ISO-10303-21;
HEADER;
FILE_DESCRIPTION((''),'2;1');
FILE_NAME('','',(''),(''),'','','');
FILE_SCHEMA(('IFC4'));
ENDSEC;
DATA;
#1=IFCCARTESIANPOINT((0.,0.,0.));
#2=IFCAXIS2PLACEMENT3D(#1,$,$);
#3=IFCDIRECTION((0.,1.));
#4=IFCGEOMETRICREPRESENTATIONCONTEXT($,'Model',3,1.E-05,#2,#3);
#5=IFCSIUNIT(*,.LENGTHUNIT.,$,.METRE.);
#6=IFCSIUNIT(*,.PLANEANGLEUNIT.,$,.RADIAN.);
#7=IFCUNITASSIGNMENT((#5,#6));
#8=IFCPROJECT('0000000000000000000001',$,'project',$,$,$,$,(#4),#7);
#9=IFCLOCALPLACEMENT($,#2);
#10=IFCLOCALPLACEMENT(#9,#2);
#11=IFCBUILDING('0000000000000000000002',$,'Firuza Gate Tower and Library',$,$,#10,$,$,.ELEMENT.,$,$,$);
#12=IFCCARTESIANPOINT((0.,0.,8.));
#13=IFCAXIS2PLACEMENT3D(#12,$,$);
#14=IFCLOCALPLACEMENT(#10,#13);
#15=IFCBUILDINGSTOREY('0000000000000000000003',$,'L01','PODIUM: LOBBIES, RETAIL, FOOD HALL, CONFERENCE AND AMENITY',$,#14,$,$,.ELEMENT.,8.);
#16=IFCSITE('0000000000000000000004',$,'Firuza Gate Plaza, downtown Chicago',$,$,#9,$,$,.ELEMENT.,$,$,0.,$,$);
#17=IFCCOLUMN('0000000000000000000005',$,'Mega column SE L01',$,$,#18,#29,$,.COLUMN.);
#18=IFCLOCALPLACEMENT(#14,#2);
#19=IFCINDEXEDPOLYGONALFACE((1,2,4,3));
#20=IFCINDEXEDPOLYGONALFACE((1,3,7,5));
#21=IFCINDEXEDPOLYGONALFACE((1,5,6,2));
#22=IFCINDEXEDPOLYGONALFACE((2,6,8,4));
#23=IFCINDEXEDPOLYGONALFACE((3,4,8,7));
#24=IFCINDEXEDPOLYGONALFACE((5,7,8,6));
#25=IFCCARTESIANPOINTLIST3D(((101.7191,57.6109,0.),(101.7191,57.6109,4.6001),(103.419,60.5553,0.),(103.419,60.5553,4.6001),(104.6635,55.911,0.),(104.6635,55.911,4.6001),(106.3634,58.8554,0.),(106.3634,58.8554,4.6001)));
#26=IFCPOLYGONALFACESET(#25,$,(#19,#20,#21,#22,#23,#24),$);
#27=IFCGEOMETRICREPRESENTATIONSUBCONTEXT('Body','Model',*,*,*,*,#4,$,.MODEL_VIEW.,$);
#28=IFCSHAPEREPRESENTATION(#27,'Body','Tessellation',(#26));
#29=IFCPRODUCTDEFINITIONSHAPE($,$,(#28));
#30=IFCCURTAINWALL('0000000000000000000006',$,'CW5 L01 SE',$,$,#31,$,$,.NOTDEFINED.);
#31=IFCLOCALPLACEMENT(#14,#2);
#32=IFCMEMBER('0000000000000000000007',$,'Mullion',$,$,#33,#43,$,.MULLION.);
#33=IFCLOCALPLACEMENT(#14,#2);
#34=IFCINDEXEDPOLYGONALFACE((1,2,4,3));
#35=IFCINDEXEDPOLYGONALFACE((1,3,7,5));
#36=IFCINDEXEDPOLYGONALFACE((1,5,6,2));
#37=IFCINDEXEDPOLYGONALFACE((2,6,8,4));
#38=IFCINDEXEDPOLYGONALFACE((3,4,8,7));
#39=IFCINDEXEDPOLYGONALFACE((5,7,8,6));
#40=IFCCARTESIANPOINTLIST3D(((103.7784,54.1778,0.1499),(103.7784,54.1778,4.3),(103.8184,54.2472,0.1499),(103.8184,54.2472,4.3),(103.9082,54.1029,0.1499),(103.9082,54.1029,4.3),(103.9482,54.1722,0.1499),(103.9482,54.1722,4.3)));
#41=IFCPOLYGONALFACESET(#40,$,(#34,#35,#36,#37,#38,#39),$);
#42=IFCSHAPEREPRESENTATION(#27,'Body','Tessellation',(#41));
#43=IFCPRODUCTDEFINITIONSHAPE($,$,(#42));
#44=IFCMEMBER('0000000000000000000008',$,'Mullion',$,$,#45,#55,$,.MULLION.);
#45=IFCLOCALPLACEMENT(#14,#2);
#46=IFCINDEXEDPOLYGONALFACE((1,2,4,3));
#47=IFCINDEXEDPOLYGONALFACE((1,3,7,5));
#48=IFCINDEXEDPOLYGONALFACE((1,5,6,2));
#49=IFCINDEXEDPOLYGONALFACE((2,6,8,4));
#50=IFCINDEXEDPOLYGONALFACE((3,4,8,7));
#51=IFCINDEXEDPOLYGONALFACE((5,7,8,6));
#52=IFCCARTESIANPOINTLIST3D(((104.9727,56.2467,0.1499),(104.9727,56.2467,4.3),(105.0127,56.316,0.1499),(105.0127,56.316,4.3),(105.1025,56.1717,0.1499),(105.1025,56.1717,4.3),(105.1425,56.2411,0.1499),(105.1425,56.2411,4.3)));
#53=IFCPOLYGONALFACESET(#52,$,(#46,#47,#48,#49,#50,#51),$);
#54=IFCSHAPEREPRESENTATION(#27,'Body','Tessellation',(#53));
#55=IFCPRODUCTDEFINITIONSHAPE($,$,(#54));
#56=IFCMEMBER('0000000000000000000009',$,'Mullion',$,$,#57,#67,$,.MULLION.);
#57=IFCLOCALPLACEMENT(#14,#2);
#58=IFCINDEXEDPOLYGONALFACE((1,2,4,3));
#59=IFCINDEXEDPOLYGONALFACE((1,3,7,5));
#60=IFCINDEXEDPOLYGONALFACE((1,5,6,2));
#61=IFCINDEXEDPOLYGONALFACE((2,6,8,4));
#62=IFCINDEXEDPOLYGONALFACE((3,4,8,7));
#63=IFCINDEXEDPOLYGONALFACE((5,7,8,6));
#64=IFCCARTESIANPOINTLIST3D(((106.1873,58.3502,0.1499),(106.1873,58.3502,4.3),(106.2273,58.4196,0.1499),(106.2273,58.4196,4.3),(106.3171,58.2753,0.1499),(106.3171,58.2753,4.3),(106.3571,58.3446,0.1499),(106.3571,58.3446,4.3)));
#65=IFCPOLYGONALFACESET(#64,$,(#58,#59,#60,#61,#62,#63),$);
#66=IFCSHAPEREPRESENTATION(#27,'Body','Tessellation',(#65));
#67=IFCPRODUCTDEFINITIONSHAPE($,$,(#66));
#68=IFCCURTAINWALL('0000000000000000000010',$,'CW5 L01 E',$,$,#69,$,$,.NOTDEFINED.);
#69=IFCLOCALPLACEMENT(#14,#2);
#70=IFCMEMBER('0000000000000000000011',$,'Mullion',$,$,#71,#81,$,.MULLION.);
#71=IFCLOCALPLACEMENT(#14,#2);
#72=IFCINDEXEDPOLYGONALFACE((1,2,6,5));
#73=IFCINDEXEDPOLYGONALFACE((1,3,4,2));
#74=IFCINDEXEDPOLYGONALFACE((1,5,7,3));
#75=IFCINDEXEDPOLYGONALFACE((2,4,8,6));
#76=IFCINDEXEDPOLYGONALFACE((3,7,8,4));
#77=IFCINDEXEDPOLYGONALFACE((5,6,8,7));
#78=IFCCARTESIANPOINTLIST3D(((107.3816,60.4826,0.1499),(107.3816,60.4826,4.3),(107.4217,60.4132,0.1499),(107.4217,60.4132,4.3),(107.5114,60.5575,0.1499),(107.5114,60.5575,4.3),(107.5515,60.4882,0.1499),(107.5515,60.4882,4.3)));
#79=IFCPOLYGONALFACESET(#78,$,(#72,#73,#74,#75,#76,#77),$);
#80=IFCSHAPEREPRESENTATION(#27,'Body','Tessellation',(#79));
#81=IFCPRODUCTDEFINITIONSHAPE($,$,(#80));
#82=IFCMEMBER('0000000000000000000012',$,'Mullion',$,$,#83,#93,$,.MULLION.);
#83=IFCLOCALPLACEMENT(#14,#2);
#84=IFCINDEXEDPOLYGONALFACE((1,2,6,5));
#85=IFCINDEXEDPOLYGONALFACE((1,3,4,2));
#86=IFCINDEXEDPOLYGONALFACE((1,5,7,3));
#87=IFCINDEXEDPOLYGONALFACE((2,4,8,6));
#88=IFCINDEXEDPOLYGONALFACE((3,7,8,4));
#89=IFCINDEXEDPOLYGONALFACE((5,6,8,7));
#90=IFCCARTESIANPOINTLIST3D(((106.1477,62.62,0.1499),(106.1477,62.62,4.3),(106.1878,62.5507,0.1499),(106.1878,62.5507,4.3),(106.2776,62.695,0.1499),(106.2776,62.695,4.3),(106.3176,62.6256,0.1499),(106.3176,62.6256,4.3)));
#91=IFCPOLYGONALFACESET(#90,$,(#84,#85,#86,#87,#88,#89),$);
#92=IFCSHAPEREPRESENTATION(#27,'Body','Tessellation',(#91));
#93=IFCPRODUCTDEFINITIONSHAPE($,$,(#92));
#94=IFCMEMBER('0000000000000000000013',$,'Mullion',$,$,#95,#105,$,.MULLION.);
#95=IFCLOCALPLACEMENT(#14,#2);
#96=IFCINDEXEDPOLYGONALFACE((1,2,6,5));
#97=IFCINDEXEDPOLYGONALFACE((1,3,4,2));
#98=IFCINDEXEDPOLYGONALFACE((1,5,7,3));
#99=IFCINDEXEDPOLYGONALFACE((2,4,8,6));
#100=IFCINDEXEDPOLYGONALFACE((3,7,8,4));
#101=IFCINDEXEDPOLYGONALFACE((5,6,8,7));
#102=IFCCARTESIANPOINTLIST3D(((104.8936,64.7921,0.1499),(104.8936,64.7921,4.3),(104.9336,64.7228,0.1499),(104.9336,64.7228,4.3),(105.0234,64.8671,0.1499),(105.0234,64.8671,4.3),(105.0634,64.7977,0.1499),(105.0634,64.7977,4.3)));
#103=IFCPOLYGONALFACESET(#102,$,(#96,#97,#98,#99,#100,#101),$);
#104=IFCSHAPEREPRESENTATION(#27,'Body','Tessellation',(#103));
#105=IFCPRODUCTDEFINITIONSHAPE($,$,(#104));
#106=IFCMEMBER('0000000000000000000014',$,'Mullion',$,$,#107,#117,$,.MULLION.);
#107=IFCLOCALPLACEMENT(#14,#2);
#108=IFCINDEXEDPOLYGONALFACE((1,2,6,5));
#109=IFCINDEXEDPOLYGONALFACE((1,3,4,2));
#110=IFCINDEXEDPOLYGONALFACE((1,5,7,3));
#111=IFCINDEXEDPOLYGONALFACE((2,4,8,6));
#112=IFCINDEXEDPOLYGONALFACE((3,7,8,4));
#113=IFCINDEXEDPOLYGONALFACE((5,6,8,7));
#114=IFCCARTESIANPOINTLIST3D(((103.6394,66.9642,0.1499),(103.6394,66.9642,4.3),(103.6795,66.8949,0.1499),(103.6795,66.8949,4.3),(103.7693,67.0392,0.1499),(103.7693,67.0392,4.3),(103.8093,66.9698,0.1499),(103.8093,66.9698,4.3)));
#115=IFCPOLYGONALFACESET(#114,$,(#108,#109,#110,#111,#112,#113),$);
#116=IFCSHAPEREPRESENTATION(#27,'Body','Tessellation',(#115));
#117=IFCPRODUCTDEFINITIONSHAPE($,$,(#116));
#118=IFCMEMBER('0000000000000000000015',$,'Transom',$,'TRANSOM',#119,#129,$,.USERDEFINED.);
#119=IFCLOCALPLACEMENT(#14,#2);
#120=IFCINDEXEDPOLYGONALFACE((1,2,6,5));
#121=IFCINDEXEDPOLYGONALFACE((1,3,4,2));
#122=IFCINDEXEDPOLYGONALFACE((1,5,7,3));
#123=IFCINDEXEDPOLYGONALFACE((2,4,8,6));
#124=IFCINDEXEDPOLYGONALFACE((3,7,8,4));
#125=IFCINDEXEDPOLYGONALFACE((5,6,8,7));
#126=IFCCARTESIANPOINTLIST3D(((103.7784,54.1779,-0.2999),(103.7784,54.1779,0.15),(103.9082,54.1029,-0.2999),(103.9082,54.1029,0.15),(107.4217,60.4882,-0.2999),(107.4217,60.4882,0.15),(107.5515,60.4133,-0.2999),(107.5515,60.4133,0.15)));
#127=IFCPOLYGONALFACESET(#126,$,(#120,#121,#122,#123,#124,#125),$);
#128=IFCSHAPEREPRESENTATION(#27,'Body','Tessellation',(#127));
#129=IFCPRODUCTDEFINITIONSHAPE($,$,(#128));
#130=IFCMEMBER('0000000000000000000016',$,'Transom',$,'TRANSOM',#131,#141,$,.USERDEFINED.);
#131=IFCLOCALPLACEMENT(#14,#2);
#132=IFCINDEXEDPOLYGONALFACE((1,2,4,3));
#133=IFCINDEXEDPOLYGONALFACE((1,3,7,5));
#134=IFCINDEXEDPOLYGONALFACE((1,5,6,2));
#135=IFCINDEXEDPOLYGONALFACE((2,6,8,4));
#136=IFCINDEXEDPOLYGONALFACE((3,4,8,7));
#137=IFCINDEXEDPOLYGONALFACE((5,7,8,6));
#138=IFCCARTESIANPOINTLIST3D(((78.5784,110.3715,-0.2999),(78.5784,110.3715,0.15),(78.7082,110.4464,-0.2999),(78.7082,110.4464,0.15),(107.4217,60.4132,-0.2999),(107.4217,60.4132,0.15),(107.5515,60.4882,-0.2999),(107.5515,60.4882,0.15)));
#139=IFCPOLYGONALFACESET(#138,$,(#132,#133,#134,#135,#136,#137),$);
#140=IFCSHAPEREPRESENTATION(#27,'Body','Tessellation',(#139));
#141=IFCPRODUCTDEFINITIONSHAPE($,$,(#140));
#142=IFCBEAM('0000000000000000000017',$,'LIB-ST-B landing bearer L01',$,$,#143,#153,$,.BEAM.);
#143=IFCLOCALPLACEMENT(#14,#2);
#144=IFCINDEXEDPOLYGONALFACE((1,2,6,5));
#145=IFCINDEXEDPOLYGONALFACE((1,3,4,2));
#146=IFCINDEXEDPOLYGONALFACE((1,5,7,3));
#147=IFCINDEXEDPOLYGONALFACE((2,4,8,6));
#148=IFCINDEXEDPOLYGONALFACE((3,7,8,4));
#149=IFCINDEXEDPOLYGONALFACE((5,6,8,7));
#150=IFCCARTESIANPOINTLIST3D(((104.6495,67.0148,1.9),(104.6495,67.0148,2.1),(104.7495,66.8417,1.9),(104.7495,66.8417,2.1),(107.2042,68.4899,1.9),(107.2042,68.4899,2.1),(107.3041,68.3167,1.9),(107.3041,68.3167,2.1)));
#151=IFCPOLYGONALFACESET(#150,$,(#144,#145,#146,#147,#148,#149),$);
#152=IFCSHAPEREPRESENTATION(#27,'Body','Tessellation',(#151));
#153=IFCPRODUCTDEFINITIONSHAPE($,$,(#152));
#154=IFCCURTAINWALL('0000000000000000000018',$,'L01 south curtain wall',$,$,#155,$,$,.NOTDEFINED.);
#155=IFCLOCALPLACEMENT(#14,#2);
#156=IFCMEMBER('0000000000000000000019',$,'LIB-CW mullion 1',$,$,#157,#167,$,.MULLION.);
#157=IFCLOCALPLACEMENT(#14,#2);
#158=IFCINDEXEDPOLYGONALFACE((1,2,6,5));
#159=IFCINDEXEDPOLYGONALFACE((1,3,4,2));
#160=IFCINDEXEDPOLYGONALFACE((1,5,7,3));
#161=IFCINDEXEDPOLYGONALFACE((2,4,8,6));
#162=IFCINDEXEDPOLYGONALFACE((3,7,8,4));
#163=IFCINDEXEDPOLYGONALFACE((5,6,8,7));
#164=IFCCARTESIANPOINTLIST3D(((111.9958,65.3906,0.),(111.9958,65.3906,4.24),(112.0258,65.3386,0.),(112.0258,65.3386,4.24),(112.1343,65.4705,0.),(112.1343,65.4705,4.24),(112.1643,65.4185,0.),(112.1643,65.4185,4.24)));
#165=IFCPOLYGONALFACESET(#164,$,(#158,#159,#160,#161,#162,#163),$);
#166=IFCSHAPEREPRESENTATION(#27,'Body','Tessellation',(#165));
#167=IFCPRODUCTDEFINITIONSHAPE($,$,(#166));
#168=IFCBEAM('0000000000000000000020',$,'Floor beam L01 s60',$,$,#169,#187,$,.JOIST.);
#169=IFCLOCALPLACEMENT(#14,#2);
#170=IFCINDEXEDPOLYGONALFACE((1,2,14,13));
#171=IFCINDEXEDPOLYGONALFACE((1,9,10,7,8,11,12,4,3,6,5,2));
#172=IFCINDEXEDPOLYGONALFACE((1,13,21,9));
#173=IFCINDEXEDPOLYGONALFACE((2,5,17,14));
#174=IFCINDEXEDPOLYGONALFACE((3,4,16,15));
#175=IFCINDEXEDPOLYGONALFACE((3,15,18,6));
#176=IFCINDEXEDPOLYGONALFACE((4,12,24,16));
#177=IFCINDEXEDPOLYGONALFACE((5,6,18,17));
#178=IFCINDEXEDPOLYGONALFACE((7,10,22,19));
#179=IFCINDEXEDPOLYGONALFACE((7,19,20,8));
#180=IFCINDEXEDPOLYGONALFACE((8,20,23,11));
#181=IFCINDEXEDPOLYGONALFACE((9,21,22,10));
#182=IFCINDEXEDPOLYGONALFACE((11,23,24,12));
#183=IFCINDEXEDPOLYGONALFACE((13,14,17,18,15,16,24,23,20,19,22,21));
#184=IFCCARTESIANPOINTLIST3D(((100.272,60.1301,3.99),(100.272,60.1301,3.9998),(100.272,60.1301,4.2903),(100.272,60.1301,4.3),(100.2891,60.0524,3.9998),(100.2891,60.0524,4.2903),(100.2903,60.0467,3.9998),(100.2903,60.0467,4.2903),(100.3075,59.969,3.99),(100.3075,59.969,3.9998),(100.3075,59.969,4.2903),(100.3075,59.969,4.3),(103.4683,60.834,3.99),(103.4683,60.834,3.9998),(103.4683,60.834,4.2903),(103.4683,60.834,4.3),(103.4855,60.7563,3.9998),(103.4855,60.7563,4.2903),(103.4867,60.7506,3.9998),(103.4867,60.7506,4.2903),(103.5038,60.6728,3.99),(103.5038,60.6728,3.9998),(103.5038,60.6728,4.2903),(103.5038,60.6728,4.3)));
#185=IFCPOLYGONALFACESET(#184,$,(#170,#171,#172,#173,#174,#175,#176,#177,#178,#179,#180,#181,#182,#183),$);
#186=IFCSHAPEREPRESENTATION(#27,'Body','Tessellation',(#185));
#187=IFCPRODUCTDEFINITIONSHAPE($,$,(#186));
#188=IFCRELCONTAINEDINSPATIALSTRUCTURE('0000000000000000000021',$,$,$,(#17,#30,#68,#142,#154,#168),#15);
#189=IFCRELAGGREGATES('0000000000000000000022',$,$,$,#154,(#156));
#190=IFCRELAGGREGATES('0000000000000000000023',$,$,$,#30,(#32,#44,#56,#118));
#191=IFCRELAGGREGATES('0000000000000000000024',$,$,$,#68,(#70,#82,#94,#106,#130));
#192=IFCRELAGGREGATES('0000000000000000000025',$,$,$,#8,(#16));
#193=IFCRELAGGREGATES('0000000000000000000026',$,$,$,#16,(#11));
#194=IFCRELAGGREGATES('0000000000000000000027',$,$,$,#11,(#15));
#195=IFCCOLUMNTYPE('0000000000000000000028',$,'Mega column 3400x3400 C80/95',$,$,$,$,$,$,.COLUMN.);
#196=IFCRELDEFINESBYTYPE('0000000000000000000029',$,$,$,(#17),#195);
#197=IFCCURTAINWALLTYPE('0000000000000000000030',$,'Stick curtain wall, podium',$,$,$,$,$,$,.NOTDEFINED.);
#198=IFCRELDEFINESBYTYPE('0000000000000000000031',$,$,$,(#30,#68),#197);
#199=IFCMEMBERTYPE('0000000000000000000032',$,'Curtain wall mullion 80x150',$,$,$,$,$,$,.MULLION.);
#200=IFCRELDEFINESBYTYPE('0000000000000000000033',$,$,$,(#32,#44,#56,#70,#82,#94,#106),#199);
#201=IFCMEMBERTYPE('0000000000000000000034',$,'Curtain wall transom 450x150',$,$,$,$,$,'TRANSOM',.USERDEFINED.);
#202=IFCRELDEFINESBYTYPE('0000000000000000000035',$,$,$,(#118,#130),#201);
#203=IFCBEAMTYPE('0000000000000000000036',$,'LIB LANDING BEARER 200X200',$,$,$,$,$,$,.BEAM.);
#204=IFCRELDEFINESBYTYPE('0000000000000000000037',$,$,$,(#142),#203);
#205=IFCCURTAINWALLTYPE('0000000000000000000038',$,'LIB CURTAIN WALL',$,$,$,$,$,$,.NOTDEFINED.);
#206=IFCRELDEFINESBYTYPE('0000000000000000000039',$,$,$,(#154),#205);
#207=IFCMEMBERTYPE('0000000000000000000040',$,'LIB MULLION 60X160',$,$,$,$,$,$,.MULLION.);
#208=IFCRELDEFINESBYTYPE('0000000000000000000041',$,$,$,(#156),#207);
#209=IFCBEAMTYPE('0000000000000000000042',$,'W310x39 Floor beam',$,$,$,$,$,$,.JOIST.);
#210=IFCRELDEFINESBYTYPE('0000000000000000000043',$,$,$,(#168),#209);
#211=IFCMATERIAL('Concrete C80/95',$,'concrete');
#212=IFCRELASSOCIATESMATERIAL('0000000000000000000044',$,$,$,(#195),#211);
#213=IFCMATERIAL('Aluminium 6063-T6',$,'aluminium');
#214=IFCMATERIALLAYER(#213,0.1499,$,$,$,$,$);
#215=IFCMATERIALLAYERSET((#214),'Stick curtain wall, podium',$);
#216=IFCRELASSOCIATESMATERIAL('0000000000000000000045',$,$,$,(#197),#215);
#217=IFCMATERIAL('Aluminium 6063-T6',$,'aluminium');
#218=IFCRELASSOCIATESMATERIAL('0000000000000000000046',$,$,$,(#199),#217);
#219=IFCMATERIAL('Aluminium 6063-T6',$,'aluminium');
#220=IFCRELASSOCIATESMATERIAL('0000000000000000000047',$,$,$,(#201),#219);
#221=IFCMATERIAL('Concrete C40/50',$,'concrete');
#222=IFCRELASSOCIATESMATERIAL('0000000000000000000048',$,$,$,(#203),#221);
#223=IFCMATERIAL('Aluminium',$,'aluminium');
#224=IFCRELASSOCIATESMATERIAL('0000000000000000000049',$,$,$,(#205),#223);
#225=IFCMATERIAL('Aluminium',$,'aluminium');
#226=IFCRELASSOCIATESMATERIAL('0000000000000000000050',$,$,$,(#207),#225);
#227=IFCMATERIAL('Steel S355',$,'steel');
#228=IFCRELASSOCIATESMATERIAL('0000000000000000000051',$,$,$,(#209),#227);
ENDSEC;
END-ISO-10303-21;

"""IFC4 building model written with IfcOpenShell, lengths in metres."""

from ifc_helpers import new_model, si_unit, direction, frame, origin, origin_2d, place, context, subcontext, project, spatial, rectangle, i_section, extrude, material, layer, layer_set, material_profile, profile_set, type_object, element, aggregate, save


model = new_model("IFC4")

# Units and contexts
model_context = context("Model", 3, precision=1e-05, world=origin(), true_north=direction((0.0, 1.0)))
body_context = subcontext(model_context, "Body", "Model", "MODEL_VIEW")
ifc_project = project(units=[si_unit("LENGTHUNIT", "METRE"), si_unit("PLANEANGLEUNIT", "RADIAN")], contexts=[model_context])

# Site, building, storey
site_placement = place(None, origin())
site = spatial("IfcSite", under=ifc_project, at=site_placement, Name="Firuza Gate Plaza, downtown Chicago", CompositionType="ELEMENT", RefElevation=0.0)
building_placement = place(site_placement, origin())
building = spatial("IfcBuilding", under=site, at=building_placement, Name="Firuza Gate Tower and Library", CompositionType="ELEMENT")
storey_placement = place(building_placement, frame((0.0, 0.0, 8.0)))
storey = spatial("IfcBuildingStorey", under=building, at=storey_placement, Name="L01", Description="PODIUM: LOBBIES, RETAIL, FOOD HALL, CONFERENCE AND AMENITY", CompositionType="ELEMENT", Elevation=8.0)

# Column
ifc_material_1 = material(Name="Concrete C80/95", Category="concrete")
ifc_material_profile_1 = material_profile(ifc_material_1, rectangle(XDim=3.3999, YDim=3.3999, at=origin_2d()))
ifc_profile_set_1 = profile_set([ifc_material_profile_1], Name="Concrete C80/95")
column_type = type_object("IfcColumnType", Name="Mega column 3400x3400 C80/95", PredefinedType="COLUMN", material=ifc_profile_set_1)
column_placement = place(storey_placement, frame((104.0413, 58.2332, 0.0), z_axis=(0.0, 0.0, 1.0), x_axis=(0.5, 0.866025, 0.0)))
element("IfcColumn", 1, at=column_placement, inside=storey, type_object=column_type, Name="Mega column SE L01", PredefinedType="COLUMN", context=body_context, shape_type="SweptSolid", body=[
    extrude(rectangle(XDim=3.3999, YDim=3.3999, at=origin_2d()), origin(), (0.0, 0.0, 1.0), 4.6001),
])

# Curtain walls, members
ifc_material_2 = material(Name="Aluminium 6063-T6", Category="aluminium")
ifc_layer_1 = layer(ifc_material_2, 0.1499)
ifc_layer_set_1 = layer_set([ifc_layer_1], Name="Stick curtain wall, podium")
curtain_wall_type_1 = type_object("IfcCurtainWallType", Name="Stick curtain wall, podium", PredefinedType="NOTDEFINED", material=ifc_layer_set_1)
placement = place(storey_placement, origin())
curtain_wall_1 = element("IfcCurtainWall", 2, at=placement, inside=storey, type_object=curtain_wall_type_1, Name="CW5 L01 SE", PredefinedType="NOTDEFINED")
ifc_material_3 = material(Name="Aluminium 6063-T6", Category="aluminium")
ifc_material_profile_2 = material_profile(ifc_material_3, rectangle(XDim=0.1499, YDim=0.0801, at=origin_2d()))
ifc_profile_set_2 = profile_set([ifc_material_profile_2], Name="Aluminium 6063-T6")
member_type_1 = type_object("IfcMemberType", Name="Curtain wall mullion 80x150", PredefinedType="MULLION", material=ifc_profile_set_2)
member_1_placement = place(storey_placement, frame((103.8633, 54.175, 0.1499), z_axis=(0.0, 0.0, 1.0), x_axis=(-0.866025, 0.5, 0.0)))
member_1 = element("IfcMember", 3, at=member_1_placement, type_object=member_type_1, Name="Mullion", PredefinedType="MULLION", context=body_context, shape_type="SweptSolid", body=[
    extrude(rectangle(XDim=0.1499, YDim=0.0801, at=origin_2d()), origin(), (0.0, 0.0, 1.0), 4.1501),
])
member_2_placement = place(storey_placement, frame((105.0576, 56.2439, 0.1499), z_axis=(0.0, 0.0, 1.0), x_axis=(-0.866025, 0.5, 0.0)))
member_2 = element("IfcMember", 4, at=member_2_placement, type_object=member_type_1, Name="Mullion", PredefinedType="MULLION", context=body_context, shape_type="SweptSolid", body=[
    extrude(rectangle(XDim=0.1499, YDim=0.0801, at=origin_2d()), origin(), (0.0, 0.0, 1.0), 4.1501),
])
member_3_placement = place(storey_placement, frame((106.2722, 58.3474, 0.1499), z_axis=(0.0, 0.0, 1.0), x_axis=(-0.866025, 0.5, 0.0)))
member_3 = element("IfcMember", 5, at=member_3_placement, type_object=member_type_1, Name="Mullion", PredefinedType="MULLION", context=body_context, shape_type="SweptSolid", body=[
    extrude(rectangle(XDim=0.1499, YDim=0.0801, at=origin_2d()), origin(), (0.0, 0.0, 1.0), 4.1501),
])
curtain_wall_2 = element("IfcCurtainWall", 6, at=placement, inside=storey, type_object=curtain_wall_type_1, Name="CW5 L01 E", PredefinedType="NOTDEFINED")
member_4_placement = place(storey_placement, frame((107.4666, 60.4854, 0.1499), z_axis=(0.0, 0.0, 1.0), x_axis=(-0.866025, -0.5, 0.0)))
member_4 = element("IfcMember", 7, at=member_4_placement, type_object=member_type_1, Name="Mullion", PredefinedType="MULLION", context=body_context, shape_type="SweptSolid", body=[
    extrude(rectangle(XDim=0.1499, YDim=0.0801, at=origin_2d()), origin(), (0.0, 0.0, 1.0), 4.1501),
])
member_5_placement = place(storey_placement, frame((106.2327, 62.6228, 0.1499), z_axis=(0.0, 0.0, 1.0), x_axis=(-0.866025, -0.5, 0.0)))
member_5 = element("IfcMember", 8, at=member_5_placement, type_object=member_type_1, Name="Mullion", PredefinedType="MULLION", context=body_context, shape_type="SweptSolid", body=[
    extrude(rectangle(XDim=0.1499, YDim=0.0801, at=origin_2d()), origin(), (0.0, 0.0, 1.0), 4.1501),
])
member_6_placement = place(storey_placement, frame((104.9785, 64.7949, 0.1499), z_axis=(0.0, 0.0, 1.0), x_axis=(-0.866025, -0.5, 0.0)))
member_6 = element("IfcMember", 9, at=member_6_placement, type_object=member_type_1, Name="Mullion", PredefinedType="MULLION", context=body_context, shape_type="SweptSolid", body=[
    extrude(rectangle(XDim=0.1499, YDim=0.0801, at=origin_2d()), origin(), (0.0, 0.0, 1.0), 4.1501),
])
member_7_placement = place(storey_placement, frame((103.7244, 66.967, 0.1499), z_axis=(0.0, 0.0, 1.0), x_axis=(-0.866025, -0.5, 0.0)))
member_7 = element("IfcMember", 10, at=member_7_placement, type_object=member_type_1, Name="Mullion", PredefinedType="MULLION", context=body_context, shape_type="SweptSolid", body=[
    extrude(rectangle(XDim=0.1499, YDim=0.0801, at=origin_2d()), origin(), (0.0, 0.0, 1.0), 4.1501),
])

# Members
ifc_material_4 = material(Name="Aluminium 6063-T6", Category="aluminium")
ifc_material_profile_3 = material_profile(ifc_material_4, rectangle(XDim=0.1499, YDim=0.45, at=origin_2d()))
ifc_profile_set_3 = profile_set([ifc_material_profile_3], Name="Aluminium 6063-T6")
member_type_2 = type_object("IfcMemberType", Name="Curtain wall transom 450x150", ElementType="TRANSOM", PredefinedType="USERDEFINED", material=ifc_profile_set_3)
member_8_placement = place(storey_placement, frame((103.8433, 54.1404, -0.075), z_axis=(0.500006, 0.866022, 0.0), x_axis=(-0.866022, 0.500006, 0.0)))
member_8 = element("IfcMember", 11, at=member_8_placement, type_object=member_type_2, Name="Transom", ObjectType="TRANSOM", PredefinedType="USERDEFINED", context=body_context, shape_type="SweptSolid", body=[
    extrude(rectangle(XDim=0.1499, YDim=0.45, at=origin_2d()), origin(), (0.0, 0.0, 1.0), 7.2866),
])
member_9_placement = place(storey_placement, frame((107.4866, 60.4507, -0.075), z_axis=(-0.499998, 0.866027, 0.0), x_axis=(-0.866027, -0.499998, 0.0)))
member_9 = element("IfcMember", 12, at=member_9_placement, type_object=member_type_2, Name="Transom", ObjectType="TRANSOM", PredefinedType="USERDEFINED", context=body_context, shape_type="SweptSolid", body=[
    extrude(rectangle(XDim=0.1499, YDim=0.45, at=origin_2d()), origin(), (0.0, 0.0, 1.0), 57.6868),
])

# Beam
ifc_material_5 = material(Name="Concrete C40/50", Category="concrete")
ifc_material_profile_4 = material_profile(ifc_material_5, rectangle(XDim=0.2, YDim=0.2, at=origin_2d()))
ifc_profile_set_4 = profile_set([ifc_material_profile_4], Name="Concrete C40/50")
beam_type_1 = type_object("IfcBeamType", Name="LIB LANDING BEARER 200X200", PredefinedType="BEAM", material=ifc_profile_set_4)
beam_1_placement = place(storey_placement, frame((107.2542, 68.4033, 2.0), z_axis=(-0.866004, -0.500038, 0.0), x_axis=(0.500038, -0.866004, 0.0)))
element("IfcBeam", 13, at=beam_1_placement, inside=storey, type_object=beam_type_1, Name="LIB-ST-B landing bearer L01", PredefinedType="BEAM", context=body_context, shape_type="SweptSolid", body=[
    extrude(rectangle(XDim=0.2, YDim=0.2, at=origin_2d()), origin(), (0.0, 0.0, 1.0), 2.95),
])

# Curtain wall, member
ifc_material_6 = material(Name="Aluminium", Category="aluminium")
curtain_wall_type_2 = type_object("IfcCurtainWallType", Name="LIB CURTAIN WALL", PredefinedType="NOTDEFINED", material=ifc_material_6)
curtain_wall_3 = element("IfcCurtainWall", 14, at=placement, inside=storey, type_object=curtain_wall_type_2, Name="L01 south curtain wall", PredefinedType="NOTDEFINED")
ifc_material_7 = material(Name="Aluminium", Category="aluminium")
ifc_material_profile_5 = material_profile(ifc_material_7, rectangle(XDim=0.0601, YDim=0.1599, at=origin_2d()))
ifc_profile_set_5 = profile_set([ifc_material_profile_5], Name="Aluminium")
member_type_3 = type_object("IfcMemberType", Name="LIB MULLION 60X160", PredefinedType="MULLION", material=ifc_profile_set_5)
member_10_placement = place(storey_placement, frame((112.0801, 65.4045, 0.0), z_axis=(0.0, 0.0, 1.0), x_axis=(-0.500001, 0.866025, 0.0)))
member_10 = element("IfcMember", 15, at=member_10_placement, type_object=member_type_3, Name="LIB-CW mullion 1", PredefinedType="MULLION", context=body_context, shape_type="SweptSolid", body=[
    extrude(rectangle(XDim=0.0601, YDim=0.1599, at=origin_2d()), origin(), (0.0, 0.0, 1.0), 4.24),
])
aggregate(curtain_wall_3, [member_10])

# Beam
ifc_material_8 = material(Name="Steel S355", Category="steel")
ifc_material_profile_6 = material_profile(ifc_material_8, i_section(OverallWidth=0.165, OverallDepth=0.3101, WebThickness=0.0059, FlangeThickness=0.0098, at=origin_2d()))
ifc_profile_set_6 = profile_set([ifc_material_profile_6], Name="Steel S355")
beam_type_2 = type_object("IfcBeamType", Name="W310x39 Floor beam", PredefinedType="JOIST", material=ifc_profile_set_6)
beam_2_placement = place(storey_placement, frame((103.4861, 60.7534, 4.145), z_axis=(-0.976601, -0.215058, 0.0), x_axis=(0.215058, -0.976601, 0.0)))
element("IfcBeam", 16, at=beam_2_placement, inside=storey, type_object=beam_type_2, Name="Floor beam L01 s60", PredefinedType="JOIST", context=body_context, shape_type="SweptSolid", body=[
    extrude(i_section(OverallWidth=0.165, OverallDepth=0.3101, WebThickness=0.0059, FlangeThickness=0.0098, at=origin_2d()), origin(), (0.0, 0.0, 1.0), 3.2729),
])

aggregate(curtain_wall_1, [member_1, member_2, member_3, member_8])
aggregate(curtain_wall_2, [member_4, member_5, member_6, member_7, member_9])

save(model, "model.ifc")
